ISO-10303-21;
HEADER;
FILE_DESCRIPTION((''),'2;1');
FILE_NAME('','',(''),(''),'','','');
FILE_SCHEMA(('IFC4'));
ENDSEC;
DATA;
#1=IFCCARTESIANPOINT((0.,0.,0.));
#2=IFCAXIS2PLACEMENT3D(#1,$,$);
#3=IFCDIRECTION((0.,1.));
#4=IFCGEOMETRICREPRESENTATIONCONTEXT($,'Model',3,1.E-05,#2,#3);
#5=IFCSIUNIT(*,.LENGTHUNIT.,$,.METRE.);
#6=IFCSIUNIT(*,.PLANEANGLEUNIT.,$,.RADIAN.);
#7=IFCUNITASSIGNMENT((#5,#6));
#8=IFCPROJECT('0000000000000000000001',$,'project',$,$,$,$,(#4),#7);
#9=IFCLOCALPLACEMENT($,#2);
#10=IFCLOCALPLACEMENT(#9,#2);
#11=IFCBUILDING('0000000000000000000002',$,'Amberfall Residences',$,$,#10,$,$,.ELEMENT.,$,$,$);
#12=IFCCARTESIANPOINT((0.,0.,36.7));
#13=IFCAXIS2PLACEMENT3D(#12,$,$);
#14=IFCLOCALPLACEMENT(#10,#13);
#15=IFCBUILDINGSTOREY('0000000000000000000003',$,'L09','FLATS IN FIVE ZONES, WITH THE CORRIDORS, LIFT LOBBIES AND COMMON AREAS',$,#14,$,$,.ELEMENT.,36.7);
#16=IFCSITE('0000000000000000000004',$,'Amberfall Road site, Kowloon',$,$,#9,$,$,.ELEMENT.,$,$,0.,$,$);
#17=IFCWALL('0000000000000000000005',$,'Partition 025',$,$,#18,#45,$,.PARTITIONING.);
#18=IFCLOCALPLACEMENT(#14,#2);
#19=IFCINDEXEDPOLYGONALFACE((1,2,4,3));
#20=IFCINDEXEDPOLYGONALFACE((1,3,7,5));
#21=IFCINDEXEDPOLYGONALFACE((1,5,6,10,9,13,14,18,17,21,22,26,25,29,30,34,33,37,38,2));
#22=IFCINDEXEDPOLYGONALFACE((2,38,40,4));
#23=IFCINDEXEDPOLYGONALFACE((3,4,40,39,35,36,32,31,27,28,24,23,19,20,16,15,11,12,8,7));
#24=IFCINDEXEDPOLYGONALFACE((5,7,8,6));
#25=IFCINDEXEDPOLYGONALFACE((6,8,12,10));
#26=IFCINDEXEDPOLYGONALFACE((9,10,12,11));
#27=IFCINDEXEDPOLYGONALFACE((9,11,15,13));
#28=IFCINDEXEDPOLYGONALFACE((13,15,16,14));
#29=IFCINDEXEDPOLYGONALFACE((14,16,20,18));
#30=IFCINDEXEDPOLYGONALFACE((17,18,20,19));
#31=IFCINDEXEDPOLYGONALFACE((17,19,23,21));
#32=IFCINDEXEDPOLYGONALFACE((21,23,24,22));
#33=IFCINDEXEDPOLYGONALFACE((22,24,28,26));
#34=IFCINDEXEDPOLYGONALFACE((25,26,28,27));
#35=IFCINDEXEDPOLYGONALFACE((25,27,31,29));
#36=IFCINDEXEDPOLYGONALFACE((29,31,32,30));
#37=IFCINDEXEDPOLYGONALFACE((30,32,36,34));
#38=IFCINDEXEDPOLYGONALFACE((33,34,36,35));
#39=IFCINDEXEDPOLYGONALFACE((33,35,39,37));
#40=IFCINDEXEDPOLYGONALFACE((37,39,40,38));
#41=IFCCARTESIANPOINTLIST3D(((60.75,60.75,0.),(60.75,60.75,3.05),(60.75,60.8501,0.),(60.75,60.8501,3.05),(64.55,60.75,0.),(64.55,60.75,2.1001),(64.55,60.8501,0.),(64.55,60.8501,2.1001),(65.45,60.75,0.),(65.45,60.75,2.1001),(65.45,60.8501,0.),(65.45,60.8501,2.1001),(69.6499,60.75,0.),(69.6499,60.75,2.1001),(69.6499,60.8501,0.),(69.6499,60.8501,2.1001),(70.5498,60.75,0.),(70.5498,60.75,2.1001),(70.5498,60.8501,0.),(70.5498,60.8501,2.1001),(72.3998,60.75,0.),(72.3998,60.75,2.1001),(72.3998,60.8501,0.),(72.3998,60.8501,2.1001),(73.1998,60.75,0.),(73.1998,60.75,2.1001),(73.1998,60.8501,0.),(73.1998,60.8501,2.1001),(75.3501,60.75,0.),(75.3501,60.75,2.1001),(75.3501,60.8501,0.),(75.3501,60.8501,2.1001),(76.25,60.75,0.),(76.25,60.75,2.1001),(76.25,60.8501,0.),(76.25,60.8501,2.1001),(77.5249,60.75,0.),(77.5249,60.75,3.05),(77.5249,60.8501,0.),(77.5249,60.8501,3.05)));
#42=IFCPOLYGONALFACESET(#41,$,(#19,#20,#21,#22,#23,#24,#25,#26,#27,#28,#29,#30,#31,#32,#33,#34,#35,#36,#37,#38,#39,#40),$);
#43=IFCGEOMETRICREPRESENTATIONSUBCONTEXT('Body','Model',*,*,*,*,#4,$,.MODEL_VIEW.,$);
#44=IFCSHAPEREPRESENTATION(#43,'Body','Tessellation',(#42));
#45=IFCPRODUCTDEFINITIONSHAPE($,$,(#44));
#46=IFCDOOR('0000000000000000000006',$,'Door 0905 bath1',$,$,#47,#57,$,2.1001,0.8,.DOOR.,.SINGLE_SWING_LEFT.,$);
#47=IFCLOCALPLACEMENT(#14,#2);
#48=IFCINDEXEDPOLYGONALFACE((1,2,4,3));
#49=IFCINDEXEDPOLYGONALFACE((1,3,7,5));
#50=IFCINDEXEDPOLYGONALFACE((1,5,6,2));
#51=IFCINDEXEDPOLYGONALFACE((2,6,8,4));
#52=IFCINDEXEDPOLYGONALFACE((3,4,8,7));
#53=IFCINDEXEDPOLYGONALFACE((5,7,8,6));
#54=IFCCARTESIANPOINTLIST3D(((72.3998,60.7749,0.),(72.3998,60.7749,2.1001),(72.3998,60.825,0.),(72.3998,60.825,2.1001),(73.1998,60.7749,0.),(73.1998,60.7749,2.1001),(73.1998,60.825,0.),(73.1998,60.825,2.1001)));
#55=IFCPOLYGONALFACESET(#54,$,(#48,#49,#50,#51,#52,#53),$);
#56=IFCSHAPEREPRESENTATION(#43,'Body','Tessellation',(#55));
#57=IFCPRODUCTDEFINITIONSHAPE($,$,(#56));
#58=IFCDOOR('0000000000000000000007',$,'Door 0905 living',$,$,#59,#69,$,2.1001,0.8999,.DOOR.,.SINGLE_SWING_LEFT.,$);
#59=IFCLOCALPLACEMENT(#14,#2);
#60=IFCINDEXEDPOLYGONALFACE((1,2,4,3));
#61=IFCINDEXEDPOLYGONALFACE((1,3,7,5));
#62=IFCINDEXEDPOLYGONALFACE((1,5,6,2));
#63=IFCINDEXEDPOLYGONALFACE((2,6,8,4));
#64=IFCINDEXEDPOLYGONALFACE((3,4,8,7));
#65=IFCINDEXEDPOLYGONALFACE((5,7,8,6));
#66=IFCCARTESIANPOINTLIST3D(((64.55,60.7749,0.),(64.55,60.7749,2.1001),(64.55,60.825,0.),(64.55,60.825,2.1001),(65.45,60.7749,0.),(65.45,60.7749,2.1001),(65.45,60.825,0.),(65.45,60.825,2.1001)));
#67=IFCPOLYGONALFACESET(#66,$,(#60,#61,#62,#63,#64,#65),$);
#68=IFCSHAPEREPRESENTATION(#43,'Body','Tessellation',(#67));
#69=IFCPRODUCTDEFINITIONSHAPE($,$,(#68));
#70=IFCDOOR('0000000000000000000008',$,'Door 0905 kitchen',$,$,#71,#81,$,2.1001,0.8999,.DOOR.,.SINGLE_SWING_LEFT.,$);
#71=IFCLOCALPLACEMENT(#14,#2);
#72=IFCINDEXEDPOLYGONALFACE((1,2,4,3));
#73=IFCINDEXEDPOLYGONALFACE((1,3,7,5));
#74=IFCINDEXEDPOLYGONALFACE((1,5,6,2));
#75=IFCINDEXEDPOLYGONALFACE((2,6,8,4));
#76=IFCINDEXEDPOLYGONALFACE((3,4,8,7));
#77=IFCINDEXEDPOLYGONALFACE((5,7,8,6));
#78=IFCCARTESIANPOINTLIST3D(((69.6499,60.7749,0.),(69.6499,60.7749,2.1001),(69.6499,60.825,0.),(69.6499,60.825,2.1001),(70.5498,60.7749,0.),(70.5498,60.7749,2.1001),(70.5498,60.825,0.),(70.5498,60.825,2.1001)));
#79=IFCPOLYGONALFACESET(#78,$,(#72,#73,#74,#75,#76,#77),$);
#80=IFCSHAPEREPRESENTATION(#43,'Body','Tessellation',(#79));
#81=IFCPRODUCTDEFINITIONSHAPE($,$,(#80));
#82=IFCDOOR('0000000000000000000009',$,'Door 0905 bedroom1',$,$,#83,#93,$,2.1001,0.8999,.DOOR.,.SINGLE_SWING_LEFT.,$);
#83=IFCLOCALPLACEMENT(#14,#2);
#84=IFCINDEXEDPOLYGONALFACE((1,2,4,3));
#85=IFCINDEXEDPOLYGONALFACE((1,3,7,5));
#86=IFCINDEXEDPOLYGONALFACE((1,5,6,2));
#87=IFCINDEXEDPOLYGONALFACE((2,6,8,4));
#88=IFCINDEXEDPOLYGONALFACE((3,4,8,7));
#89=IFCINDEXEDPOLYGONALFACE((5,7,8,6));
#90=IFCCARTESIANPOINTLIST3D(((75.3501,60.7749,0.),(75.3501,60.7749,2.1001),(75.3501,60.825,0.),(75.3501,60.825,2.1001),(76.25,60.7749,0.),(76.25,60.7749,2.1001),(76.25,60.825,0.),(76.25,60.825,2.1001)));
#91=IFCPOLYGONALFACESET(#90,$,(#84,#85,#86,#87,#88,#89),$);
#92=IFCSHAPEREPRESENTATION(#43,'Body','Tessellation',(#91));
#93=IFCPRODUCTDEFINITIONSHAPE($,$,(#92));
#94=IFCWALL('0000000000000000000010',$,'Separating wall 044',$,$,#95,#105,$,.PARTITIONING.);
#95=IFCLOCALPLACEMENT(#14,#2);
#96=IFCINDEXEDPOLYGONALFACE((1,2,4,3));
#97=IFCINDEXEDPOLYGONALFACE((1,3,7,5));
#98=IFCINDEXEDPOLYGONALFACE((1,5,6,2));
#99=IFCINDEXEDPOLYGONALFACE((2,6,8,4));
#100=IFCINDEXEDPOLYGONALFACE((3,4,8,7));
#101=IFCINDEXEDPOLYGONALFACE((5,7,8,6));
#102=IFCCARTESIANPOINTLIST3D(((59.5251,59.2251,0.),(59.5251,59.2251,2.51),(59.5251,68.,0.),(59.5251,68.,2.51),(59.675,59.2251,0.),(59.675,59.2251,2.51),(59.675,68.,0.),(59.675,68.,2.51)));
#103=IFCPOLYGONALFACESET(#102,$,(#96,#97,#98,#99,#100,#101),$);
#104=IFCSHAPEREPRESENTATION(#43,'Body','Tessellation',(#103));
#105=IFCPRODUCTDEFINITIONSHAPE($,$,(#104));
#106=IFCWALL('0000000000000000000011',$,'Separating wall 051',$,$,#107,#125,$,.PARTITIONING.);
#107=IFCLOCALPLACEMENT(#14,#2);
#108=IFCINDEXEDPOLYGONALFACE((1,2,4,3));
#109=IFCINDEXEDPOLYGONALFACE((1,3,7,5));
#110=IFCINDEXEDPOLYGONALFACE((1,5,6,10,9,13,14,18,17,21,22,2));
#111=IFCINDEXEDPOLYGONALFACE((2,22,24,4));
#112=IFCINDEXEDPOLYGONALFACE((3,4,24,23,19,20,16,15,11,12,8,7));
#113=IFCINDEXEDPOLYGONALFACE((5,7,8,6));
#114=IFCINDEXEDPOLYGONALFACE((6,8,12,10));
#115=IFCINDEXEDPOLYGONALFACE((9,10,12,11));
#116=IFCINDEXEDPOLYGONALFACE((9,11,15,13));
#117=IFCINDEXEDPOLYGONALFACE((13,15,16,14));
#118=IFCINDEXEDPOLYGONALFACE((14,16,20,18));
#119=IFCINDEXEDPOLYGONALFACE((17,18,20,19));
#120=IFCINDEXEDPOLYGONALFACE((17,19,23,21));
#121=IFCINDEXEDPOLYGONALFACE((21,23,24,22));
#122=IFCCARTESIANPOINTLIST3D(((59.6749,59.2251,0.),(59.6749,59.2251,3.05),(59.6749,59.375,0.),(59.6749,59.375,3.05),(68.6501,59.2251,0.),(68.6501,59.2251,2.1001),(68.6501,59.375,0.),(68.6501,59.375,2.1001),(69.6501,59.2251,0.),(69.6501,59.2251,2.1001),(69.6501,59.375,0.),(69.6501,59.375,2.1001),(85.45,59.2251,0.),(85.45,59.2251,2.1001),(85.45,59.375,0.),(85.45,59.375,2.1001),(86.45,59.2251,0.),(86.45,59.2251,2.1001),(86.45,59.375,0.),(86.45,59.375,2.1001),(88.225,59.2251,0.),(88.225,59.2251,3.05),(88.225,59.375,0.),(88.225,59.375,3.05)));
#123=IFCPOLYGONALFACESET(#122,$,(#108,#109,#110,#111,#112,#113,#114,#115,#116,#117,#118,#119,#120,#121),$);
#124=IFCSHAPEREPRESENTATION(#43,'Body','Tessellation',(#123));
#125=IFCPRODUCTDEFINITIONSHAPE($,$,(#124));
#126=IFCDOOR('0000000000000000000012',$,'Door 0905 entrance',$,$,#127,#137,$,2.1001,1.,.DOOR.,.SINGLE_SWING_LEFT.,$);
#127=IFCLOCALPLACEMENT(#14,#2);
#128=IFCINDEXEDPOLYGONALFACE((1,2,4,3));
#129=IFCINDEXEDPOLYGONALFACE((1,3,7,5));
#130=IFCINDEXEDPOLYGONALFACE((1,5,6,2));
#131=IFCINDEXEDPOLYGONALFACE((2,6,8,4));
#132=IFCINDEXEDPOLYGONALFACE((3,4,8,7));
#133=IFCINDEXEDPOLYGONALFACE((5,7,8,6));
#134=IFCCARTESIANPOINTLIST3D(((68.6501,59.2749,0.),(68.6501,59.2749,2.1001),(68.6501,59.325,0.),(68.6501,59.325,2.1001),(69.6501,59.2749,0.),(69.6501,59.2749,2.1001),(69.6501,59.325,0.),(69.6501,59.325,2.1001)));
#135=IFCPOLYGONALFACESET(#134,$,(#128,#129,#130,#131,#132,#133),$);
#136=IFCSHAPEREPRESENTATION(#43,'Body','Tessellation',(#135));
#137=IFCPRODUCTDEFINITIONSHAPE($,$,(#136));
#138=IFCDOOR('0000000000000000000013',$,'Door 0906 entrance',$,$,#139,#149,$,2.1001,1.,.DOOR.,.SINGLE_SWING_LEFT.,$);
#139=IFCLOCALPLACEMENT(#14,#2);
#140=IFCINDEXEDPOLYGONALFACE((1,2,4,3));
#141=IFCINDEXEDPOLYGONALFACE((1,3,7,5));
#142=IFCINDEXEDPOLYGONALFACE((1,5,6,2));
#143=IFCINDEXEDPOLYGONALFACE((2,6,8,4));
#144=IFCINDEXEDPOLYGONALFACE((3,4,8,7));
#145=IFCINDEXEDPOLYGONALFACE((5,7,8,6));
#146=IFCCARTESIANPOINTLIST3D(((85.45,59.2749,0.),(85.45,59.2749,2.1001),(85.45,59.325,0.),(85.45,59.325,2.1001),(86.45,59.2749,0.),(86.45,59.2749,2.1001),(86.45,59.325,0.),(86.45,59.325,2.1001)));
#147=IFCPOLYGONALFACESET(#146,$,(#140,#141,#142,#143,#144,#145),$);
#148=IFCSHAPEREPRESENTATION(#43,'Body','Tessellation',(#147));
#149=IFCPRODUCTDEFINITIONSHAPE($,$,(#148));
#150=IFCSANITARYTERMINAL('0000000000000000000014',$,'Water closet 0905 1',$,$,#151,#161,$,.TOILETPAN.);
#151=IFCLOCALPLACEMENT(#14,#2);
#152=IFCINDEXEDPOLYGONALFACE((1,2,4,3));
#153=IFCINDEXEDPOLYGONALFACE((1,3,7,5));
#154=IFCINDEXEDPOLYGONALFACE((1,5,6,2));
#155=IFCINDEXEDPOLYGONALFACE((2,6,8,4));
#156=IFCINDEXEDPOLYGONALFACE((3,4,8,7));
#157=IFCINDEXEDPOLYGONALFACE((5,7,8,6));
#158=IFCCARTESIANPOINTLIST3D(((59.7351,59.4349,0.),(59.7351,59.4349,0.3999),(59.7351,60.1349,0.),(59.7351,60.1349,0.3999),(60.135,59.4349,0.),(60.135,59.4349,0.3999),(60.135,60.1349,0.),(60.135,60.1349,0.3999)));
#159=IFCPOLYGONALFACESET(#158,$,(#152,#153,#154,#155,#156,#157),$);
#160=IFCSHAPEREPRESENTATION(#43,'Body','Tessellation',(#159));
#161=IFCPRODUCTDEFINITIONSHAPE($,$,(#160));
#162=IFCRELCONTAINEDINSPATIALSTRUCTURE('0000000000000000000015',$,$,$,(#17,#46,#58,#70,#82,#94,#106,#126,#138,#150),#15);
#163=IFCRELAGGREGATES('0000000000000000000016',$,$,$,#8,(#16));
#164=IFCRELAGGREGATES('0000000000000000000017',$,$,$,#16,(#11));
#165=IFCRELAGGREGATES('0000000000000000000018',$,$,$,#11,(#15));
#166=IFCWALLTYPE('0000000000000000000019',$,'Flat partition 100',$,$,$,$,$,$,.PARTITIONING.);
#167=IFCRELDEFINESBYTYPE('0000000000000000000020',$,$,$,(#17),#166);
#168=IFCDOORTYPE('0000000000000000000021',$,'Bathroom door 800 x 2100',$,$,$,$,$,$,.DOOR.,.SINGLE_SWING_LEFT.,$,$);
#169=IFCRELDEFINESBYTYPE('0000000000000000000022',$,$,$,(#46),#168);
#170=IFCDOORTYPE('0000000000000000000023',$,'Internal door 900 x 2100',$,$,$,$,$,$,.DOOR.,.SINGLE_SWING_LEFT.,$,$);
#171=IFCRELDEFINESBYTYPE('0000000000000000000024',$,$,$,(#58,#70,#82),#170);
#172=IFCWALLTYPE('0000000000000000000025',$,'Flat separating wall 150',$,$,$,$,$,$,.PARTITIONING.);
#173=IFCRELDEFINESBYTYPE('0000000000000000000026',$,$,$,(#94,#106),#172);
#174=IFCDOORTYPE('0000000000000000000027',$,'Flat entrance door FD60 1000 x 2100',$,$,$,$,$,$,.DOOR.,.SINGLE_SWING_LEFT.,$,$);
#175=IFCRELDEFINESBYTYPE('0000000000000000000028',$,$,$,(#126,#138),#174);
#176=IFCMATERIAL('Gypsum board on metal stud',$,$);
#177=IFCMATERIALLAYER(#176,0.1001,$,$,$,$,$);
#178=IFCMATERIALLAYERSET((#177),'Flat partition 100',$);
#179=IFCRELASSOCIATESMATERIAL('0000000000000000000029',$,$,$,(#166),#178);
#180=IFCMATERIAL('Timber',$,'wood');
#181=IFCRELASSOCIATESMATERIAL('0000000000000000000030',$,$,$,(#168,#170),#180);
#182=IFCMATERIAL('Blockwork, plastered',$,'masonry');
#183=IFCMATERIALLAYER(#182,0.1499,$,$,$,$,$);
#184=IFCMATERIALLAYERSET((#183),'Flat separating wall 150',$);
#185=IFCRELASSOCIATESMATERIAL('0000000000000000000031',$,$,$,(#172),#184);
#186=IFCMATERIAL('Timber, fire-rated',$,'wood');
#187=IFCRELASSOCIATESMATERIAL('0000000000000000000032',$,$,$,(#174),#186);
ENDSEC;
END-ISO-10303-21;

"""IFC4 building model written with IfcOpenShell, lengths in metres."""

from ifc_helpers import new_model, si_unit, direction, frame, frame_2d, origin, origin_2d, place, context, subcontext, project, spatial, rectangle, extrude, material, layer, layer_set, type_object, element, fill, save


model = new_model("IFC4")

# Units and contexts
model_context = context("Model", 3, precision=1e-05, world=origin(), true_north=direction((0.0, 1.0)))
body_context = subcontext(model_context, "Body", "Model", "MODEL_VIEW")
ifc_project = project(units=[si_unit("LENGTHUNIT", "METRE"), si_unit("PLANEANGLEUNIT", "RADIAN")], contexts=[model_context])

# Site, building, storey
site_placement = place(None, origin())
site = spatial("IfcSite", under=ifc_project, at=site_placement, Name="Amberfall Road site, Kowloon", CompositionType="ELEMENT", RefElevation=0.0)
building_placement = place(site_placement, origin())
building = spatial("IfcBuilding", under=site, at=building_placement, Name="Amberfall Residences", CompositionType="ELEMENT")
storey_placement = place(building_placement, frame((0.0, 0.0, 36.7)))
storey = spatial("IfcBuildingStorey", under=building, at=storey_placement, Name="L09", Description="FLATS IN FIVE ZONES, WITH THE CORRIDORS, LIFT LOBBIES AND COMMON AREAS", CompositionType="ELEMENT", Elevation=36.7)

# Shared definitions
ifc_material_1 = material(Name="Gypsum board on metal stud")
ifc_layer_1 = layer(ifc_material_1, 0.1001)
ifc_layer_set_1 = layer_set([ifc_layer_1], Name="Flat partition 100")
wall_type_1 = type_object("IfcWallType", Name="Flat partition 100", PredefinedType="PARTITIONING", material=ifc_layer_set_1)
ifc_material_2 = material(Name="Timber", Category="wood")
door_type_1 = type_object("IfcDoorType", Name="Bathroom door 800 x 2100", OperationType="SINGLE_SWING_LEFT", PredefinedType="DOOR", material=ifc_material_2)

# Wall, openings, doors
wall_1_placement = place(storey_placement, frame((60.75, 60.8, 0.0), z_axis=(0.0, 0.0, 1.0), x_axis=(1.0, 0.0, 0.0)))
wall_1 = element("IfcWall", 1, at=wall_1_placement, inside=storey, type_object=wall_type_1, Name="Partition 025", PredefinedType="PARTITIONING", context=body_context, shape_type="SweptSolid", body=[
    extrude(rectangle(XDim=16.7749, YDim=0.1001, at=frame_2d((8.3875, 0.0))), origin(), (0.0, 0.0, 1.0), 3.05),
])
opening_1_placement = place(wall_1_placement, frame((3.8, 0.0, 0.0)))
opening_1 = element("IfcOpeningElement", 2, at=opening_1_placement, cuts=wall_1, PredefinedType="OPENING", context=body_context, shape_type="SweptSolid", body=[
    extrude(rectangle(XDim=0.8999, YDim=2.1001, at=frame_2d((0.45, 1.05))), frame((0.0, 0.0601, 0.0), z_axis=(0.0, -1.0, 0.0), x_axis=(1.0, 0.0, 0.0)), (0.0, 0.0, 1.0), 0.1201),
])
opening_2_placement = place(wall_1_placement, frame((8.8999, 0.0, 0.0)))
opening_2 = element("IfcOpeningElement", 3, at=opening_2_placement, cuts=wall_1, PredefinedType="OPENING", context=body_context, shape_type="SweptSolid", body=[
    extrude(rectangle(XDim=0.8999, YDim=2.1001, at=frame_2d((0.45, 1.05))), frame((0.0, 0.0601, 0.0), z_axis=(0.0, -1.0, 0.0), x_axis=(1.0, 0.0, 0.0)), (0.0, 0.0, 1.0), 0.1201),
])
opening_3_placement = place(wall_1_placement, frame((14.6001, 0.0, 0.0)))
opening_3 = element("IfcOpeningElement", 4, at=opening_3_placement, cuts=wall_1, PredefinedType="OPENING", context=body_context, shape_type="SweptSolid", body=[
    extrude(rectangle(XDim=0.8999, YDim=2.1001, at=frame_2d((0.45, 1.05))), frame((0.0, 0.0601, 0.0), z_axis=(0.0, -1.0, 0.0), x_axis=(1.0, 0.0, 0.0)), (0.0, 0.0, 1.0), 0.1201),
])
opening_4_placement = place(wall_1_placement, frame((11.6499, 0.0, 0.0)))
opening_4 = element("IfcOpeningElement", 5, at=opening_4_placement, cuts=wall_1, PredefinedType="OPENING", context=body_context, shape_type="SweptSolid", body=[
    extrude(rectangle(XDim=0.8, YDim=2.1001, at=frame_2d((0.3999, 1.05))), frame((0.0, 0.0601, 0.0), z_axis=(0.0, -1.0, 0.0), x_axis=(1.0, 0.0, 0.0)), (0.0, 0.0, 1.0), 0.1201),
])
door_1_placement = place(opening_4_placement, origin())
door_1 = element("IfcDoor", 6, at=door_1_placement, inside=storey, type_object=door_type_1, Name="Door 0905 bath1", OperationType="SINGLE_SWING_LEFT", OverallHeight=2.1001, OverallWidth=0.8, PredefinedType="DOOR", context=body_context, shape_type="SweptSolid", body=[
    extrude(rectangle(XDim=0.8, YDim=2.1001, at=frame_2d((0.3999, 1.05))), frame((0.0, 0.0249, 0.0), z_axis=(0.0, -1.0, 0.0), x_axis=(1.0, 0.0, 0.0)), (0.0, 0.0, 1.0), 0.05),
])
fill(opening_4, door_1)
door_type_2 = type_object("IfcDoorType", Name="Internal door 900 x 2100", OperationType="SINGLE_SWING_LEFT", PredefinedType="DOOR", material=ifc_material_2)
door_2_placement = place(opening_1_placement, origin())
door_2 = element("IfcDoor", 7, at=door_2_placement, inside=storey, type_object=door_type_2, Name="Door 0905 living", OperationType="SINGLE_SWING_LEFT", OverallHeight=2.1001, OverallWidth=0.8999, PredefinedType="DOOR", context=body_context, shape_type="SweptSolid", body=[
    extrude(rectangle(XDim=0.8999, YDim=2.1001, at=frame_2d((0.45, 1.05))), frame((0.0, 0.0249, 0.0), z_axis=(0.0, -1.0, 0.0), x_axis=(1.0, 0.0, 0.0)), (0.0, 0.0, 1.0), 0.05),
])
fill(opening_1, door_2)
door_3_placement = place(opening_2_placement, origin())
door_3 = element("IfcDoor", 8, at=door_3_placement, inside=storey, type_object=door_type_2, Name="Door 0905 kitchen", OperationType="SINGLE_SWING_LEFT", OverallHeight=2.1001, OverallWidth=0.8999, PredefinedType="DOOR", context=body_context, shape_type="SweptSolid", body=[
    extrude(rectangle(XDim=0.8999, YDim=2.1001, at=frame_2d((0.45, 1.05))), frame((0.0, 0.0249, 0.0), z_axis=(0.0, -1.0, 0.0), x_axis=(1.0, 0.0, 0.0)), (0.0, 0.0, 1.0), 0.05),
])
fill(opening_2, door_3)
door_4_placement = place(opening_3_placement, origin())
door_4 = element("IfcDoor", 9, at=door_4_placement, inside=storey, type_object=door_type_2, Name="Door 0905 bedroom1", OperationType="SINGLE_SWING_LEFT", OverallHeight=2.1001, OverallWidth=0.8999, PredefinedType="DOOR", context=body_context, shape_type="SweptSolid", body=[
    extrude(rectangle(XDim=0.8999, YDim=2.1001, at=frame_2d((0.45, 1.05))), frame((0.0, 0.0249, 0.0), z_axis=(0.0, -1.0, 0.0), x_axis=(1.0, 0.0, 0.0)), (0.0, 0.0, 1.0), 0.05),
])
fill(opening_3, door_4)

# Wall
ifc_material_3 = material(Name="Blockwork, plastered", Category="masonry")
ifc_layer_2 = layer(ifc_material_3, 0.1499)
ifc_layer_set_2 = layer_set([ifc_layer_2], Name="Flat separating wall 150")
wall_type_2 = type_object("IfcWallType", Name="Flat separating wall 150", PredefinedType="PARTITIONING", material=ifc_layer_set_2)
wall_2_placement = place(storey_placement, frame((59.6001, 59.2251, 0.0), z_axis=(0.0, 0.0, 1.0), x_axis=(0.0, 1.0, 0.0)))
element("IfcWall", 10, at=wall_2_placement, inside=storey, type_object=wall_type_2, Name="Separating wall 044", PredefinedType="PARTITIONING", context=body_context, shape_type="SweptSolid", body=[
    extrude(rectangle(XDim=8.7749, YDim=0.1499, at=frame_2d((4.3875, 0.0))), origin(), (0.0, 0.0, 1.0), 2.51),
])

# Wall, openings, doors
wall_3_placement = place(storey_placement, frame((59.675, 59.3, 0.0), z_axis=(0.0, 0.0, 1.0), x_axis=(1.0, 0.0, 0.0)))
wall_3 = element("IfcWall", 11, at=wall_3_placement, inside=storey, type_object=wall_type_2, Name="Separating wall 051", PredefinedType="PARTITIONING", context=body_context, shape_type="SweptSolid", body=[
    extrude(rectangle(XDim=28.55, YDim=0.1499, at=frame_2d((14.2749, 0.0))), origin(), (0.0, 0.0, 1.0), 3.05),
])
opening_5_placement = place(wall_3_placement, frame((8.9751, 0.0, 0.0)))
opening_5 = element("IfcOpeningElement", 12, at=opening_5_placement, cuts=wall_3, PredefinedType="OPENING", context=body_context, shape_type="SweptSolid", body=[
    extrude(rectangle(XDim=1.0, YDim=2.1001, at=frame_2d((0.5, 1.05))), frame((0.0, 0.085, 0.0), z_axis=(0.0, -1.0, 0.0), x_axis=(1.0, 0.0, 0.0)), (0.0, 0.0, 1.0), 0.1699),
])
opening_6_placement = place(wall_3_placement, frame((25.7749, 0.0, 0.0)))
opening_6 = element("IfcOpeningElement", 13, at=opening_6_placement, cuts=wall_3, PredefinedType="OPENING", context=body_context, shape_type="SweptSolid", body=[
    extrude(rectangle(XDim=1.0, YDim=2.1001, at=frame_2d((0.5, 1.05))), frame((0.0, 0.085, 0.0), z_axis=(0.0, -1.0, 0.0), x_axis=(1.0, 0.0, 0.0)), (0.0, 0.0, 1.0), 0.1699),
])
ifc_material_4 = material(Name="Timber, fire-rated", Category="wood")
door_type_3 = type_object("IfcDoorType", Name="Flat entrance door FD60 1000 x 2100", OperationType="SINGLE_SWING_LEFT", PredefinedType="DOOR", material=ifc_material_4)
door_5_placement = place(opening_5_placement, origin())
door_5 = element("IfcDoor", 14, at=door_5_placement, inside=storey, type_object=door_type_3, Name="Door 0905 entrance", OperationType="SINGLE_SWING_LEFT", OverallHeight=2.1001, OverallWidth=1.0, PredefinedType="DOOR", context=body_context, shape_type="SweptSolid", body=[
    extrude(rectangle(XDim=1.0, YDim=2.1001, at=frame_2d((0.5, 1.05))), frame((0.0, 0.0249, 0.0), z_axis=(0.0, -1.0, 0.0), x_axis=(1.0, 0.0, 0.0)), (0.0, 0.0, 1.0), 0.05),
])
fill(opening_5, door_5)
door_6_placement = place(opening_6_placement, origin())
door_6 = element("IfcDoor", 15, at=door_6_placement, inside=storey, type_object=door_type_3, Name="Door 0906 entrance", OperationType="SINGLE_SWING_LEFT", OverallHeight=2.1001, OverallWidth=1.0, PredefinedType="DOOR", context=body_context, shape_type="SweptSolid", body=[
    extrude(rectangle(XDim=1.0, YDim=2.1001, at=frame_2d((0.5, 1.05))), frame((0.0, 0.0249, 0.0), z_axis=(0.0, -1.0, 0.0), x_axis=(1.0, 0.0, 0.0)), (0.0, 0.0, 1.0), 0.05),
])
fill(opening_6, door_6)

# Sanitary terminal
sanitary_terminal_placement = place(storey_placement, frame((59.9351, 59.7849, 0.0), z_axis=(0.0, 0.0, 1.0), x_axis=(1.0, 0.0, 0.0)))
element("IfcSanitaryTerminal", 16, at=sanitary_terminal_placement, inside=storey, Name="Water closet 0905 1", PredefinedType="TOILETPAN", context=body_context, shape_type="SweptSolid", body=[
    extrude(rectangle(XDim=0.3999, YDim=0.7, at=origin_2d()), origin(), (0.0, 0.0, 1.0), 0.3999),
])

save(model, "model.ifc")
